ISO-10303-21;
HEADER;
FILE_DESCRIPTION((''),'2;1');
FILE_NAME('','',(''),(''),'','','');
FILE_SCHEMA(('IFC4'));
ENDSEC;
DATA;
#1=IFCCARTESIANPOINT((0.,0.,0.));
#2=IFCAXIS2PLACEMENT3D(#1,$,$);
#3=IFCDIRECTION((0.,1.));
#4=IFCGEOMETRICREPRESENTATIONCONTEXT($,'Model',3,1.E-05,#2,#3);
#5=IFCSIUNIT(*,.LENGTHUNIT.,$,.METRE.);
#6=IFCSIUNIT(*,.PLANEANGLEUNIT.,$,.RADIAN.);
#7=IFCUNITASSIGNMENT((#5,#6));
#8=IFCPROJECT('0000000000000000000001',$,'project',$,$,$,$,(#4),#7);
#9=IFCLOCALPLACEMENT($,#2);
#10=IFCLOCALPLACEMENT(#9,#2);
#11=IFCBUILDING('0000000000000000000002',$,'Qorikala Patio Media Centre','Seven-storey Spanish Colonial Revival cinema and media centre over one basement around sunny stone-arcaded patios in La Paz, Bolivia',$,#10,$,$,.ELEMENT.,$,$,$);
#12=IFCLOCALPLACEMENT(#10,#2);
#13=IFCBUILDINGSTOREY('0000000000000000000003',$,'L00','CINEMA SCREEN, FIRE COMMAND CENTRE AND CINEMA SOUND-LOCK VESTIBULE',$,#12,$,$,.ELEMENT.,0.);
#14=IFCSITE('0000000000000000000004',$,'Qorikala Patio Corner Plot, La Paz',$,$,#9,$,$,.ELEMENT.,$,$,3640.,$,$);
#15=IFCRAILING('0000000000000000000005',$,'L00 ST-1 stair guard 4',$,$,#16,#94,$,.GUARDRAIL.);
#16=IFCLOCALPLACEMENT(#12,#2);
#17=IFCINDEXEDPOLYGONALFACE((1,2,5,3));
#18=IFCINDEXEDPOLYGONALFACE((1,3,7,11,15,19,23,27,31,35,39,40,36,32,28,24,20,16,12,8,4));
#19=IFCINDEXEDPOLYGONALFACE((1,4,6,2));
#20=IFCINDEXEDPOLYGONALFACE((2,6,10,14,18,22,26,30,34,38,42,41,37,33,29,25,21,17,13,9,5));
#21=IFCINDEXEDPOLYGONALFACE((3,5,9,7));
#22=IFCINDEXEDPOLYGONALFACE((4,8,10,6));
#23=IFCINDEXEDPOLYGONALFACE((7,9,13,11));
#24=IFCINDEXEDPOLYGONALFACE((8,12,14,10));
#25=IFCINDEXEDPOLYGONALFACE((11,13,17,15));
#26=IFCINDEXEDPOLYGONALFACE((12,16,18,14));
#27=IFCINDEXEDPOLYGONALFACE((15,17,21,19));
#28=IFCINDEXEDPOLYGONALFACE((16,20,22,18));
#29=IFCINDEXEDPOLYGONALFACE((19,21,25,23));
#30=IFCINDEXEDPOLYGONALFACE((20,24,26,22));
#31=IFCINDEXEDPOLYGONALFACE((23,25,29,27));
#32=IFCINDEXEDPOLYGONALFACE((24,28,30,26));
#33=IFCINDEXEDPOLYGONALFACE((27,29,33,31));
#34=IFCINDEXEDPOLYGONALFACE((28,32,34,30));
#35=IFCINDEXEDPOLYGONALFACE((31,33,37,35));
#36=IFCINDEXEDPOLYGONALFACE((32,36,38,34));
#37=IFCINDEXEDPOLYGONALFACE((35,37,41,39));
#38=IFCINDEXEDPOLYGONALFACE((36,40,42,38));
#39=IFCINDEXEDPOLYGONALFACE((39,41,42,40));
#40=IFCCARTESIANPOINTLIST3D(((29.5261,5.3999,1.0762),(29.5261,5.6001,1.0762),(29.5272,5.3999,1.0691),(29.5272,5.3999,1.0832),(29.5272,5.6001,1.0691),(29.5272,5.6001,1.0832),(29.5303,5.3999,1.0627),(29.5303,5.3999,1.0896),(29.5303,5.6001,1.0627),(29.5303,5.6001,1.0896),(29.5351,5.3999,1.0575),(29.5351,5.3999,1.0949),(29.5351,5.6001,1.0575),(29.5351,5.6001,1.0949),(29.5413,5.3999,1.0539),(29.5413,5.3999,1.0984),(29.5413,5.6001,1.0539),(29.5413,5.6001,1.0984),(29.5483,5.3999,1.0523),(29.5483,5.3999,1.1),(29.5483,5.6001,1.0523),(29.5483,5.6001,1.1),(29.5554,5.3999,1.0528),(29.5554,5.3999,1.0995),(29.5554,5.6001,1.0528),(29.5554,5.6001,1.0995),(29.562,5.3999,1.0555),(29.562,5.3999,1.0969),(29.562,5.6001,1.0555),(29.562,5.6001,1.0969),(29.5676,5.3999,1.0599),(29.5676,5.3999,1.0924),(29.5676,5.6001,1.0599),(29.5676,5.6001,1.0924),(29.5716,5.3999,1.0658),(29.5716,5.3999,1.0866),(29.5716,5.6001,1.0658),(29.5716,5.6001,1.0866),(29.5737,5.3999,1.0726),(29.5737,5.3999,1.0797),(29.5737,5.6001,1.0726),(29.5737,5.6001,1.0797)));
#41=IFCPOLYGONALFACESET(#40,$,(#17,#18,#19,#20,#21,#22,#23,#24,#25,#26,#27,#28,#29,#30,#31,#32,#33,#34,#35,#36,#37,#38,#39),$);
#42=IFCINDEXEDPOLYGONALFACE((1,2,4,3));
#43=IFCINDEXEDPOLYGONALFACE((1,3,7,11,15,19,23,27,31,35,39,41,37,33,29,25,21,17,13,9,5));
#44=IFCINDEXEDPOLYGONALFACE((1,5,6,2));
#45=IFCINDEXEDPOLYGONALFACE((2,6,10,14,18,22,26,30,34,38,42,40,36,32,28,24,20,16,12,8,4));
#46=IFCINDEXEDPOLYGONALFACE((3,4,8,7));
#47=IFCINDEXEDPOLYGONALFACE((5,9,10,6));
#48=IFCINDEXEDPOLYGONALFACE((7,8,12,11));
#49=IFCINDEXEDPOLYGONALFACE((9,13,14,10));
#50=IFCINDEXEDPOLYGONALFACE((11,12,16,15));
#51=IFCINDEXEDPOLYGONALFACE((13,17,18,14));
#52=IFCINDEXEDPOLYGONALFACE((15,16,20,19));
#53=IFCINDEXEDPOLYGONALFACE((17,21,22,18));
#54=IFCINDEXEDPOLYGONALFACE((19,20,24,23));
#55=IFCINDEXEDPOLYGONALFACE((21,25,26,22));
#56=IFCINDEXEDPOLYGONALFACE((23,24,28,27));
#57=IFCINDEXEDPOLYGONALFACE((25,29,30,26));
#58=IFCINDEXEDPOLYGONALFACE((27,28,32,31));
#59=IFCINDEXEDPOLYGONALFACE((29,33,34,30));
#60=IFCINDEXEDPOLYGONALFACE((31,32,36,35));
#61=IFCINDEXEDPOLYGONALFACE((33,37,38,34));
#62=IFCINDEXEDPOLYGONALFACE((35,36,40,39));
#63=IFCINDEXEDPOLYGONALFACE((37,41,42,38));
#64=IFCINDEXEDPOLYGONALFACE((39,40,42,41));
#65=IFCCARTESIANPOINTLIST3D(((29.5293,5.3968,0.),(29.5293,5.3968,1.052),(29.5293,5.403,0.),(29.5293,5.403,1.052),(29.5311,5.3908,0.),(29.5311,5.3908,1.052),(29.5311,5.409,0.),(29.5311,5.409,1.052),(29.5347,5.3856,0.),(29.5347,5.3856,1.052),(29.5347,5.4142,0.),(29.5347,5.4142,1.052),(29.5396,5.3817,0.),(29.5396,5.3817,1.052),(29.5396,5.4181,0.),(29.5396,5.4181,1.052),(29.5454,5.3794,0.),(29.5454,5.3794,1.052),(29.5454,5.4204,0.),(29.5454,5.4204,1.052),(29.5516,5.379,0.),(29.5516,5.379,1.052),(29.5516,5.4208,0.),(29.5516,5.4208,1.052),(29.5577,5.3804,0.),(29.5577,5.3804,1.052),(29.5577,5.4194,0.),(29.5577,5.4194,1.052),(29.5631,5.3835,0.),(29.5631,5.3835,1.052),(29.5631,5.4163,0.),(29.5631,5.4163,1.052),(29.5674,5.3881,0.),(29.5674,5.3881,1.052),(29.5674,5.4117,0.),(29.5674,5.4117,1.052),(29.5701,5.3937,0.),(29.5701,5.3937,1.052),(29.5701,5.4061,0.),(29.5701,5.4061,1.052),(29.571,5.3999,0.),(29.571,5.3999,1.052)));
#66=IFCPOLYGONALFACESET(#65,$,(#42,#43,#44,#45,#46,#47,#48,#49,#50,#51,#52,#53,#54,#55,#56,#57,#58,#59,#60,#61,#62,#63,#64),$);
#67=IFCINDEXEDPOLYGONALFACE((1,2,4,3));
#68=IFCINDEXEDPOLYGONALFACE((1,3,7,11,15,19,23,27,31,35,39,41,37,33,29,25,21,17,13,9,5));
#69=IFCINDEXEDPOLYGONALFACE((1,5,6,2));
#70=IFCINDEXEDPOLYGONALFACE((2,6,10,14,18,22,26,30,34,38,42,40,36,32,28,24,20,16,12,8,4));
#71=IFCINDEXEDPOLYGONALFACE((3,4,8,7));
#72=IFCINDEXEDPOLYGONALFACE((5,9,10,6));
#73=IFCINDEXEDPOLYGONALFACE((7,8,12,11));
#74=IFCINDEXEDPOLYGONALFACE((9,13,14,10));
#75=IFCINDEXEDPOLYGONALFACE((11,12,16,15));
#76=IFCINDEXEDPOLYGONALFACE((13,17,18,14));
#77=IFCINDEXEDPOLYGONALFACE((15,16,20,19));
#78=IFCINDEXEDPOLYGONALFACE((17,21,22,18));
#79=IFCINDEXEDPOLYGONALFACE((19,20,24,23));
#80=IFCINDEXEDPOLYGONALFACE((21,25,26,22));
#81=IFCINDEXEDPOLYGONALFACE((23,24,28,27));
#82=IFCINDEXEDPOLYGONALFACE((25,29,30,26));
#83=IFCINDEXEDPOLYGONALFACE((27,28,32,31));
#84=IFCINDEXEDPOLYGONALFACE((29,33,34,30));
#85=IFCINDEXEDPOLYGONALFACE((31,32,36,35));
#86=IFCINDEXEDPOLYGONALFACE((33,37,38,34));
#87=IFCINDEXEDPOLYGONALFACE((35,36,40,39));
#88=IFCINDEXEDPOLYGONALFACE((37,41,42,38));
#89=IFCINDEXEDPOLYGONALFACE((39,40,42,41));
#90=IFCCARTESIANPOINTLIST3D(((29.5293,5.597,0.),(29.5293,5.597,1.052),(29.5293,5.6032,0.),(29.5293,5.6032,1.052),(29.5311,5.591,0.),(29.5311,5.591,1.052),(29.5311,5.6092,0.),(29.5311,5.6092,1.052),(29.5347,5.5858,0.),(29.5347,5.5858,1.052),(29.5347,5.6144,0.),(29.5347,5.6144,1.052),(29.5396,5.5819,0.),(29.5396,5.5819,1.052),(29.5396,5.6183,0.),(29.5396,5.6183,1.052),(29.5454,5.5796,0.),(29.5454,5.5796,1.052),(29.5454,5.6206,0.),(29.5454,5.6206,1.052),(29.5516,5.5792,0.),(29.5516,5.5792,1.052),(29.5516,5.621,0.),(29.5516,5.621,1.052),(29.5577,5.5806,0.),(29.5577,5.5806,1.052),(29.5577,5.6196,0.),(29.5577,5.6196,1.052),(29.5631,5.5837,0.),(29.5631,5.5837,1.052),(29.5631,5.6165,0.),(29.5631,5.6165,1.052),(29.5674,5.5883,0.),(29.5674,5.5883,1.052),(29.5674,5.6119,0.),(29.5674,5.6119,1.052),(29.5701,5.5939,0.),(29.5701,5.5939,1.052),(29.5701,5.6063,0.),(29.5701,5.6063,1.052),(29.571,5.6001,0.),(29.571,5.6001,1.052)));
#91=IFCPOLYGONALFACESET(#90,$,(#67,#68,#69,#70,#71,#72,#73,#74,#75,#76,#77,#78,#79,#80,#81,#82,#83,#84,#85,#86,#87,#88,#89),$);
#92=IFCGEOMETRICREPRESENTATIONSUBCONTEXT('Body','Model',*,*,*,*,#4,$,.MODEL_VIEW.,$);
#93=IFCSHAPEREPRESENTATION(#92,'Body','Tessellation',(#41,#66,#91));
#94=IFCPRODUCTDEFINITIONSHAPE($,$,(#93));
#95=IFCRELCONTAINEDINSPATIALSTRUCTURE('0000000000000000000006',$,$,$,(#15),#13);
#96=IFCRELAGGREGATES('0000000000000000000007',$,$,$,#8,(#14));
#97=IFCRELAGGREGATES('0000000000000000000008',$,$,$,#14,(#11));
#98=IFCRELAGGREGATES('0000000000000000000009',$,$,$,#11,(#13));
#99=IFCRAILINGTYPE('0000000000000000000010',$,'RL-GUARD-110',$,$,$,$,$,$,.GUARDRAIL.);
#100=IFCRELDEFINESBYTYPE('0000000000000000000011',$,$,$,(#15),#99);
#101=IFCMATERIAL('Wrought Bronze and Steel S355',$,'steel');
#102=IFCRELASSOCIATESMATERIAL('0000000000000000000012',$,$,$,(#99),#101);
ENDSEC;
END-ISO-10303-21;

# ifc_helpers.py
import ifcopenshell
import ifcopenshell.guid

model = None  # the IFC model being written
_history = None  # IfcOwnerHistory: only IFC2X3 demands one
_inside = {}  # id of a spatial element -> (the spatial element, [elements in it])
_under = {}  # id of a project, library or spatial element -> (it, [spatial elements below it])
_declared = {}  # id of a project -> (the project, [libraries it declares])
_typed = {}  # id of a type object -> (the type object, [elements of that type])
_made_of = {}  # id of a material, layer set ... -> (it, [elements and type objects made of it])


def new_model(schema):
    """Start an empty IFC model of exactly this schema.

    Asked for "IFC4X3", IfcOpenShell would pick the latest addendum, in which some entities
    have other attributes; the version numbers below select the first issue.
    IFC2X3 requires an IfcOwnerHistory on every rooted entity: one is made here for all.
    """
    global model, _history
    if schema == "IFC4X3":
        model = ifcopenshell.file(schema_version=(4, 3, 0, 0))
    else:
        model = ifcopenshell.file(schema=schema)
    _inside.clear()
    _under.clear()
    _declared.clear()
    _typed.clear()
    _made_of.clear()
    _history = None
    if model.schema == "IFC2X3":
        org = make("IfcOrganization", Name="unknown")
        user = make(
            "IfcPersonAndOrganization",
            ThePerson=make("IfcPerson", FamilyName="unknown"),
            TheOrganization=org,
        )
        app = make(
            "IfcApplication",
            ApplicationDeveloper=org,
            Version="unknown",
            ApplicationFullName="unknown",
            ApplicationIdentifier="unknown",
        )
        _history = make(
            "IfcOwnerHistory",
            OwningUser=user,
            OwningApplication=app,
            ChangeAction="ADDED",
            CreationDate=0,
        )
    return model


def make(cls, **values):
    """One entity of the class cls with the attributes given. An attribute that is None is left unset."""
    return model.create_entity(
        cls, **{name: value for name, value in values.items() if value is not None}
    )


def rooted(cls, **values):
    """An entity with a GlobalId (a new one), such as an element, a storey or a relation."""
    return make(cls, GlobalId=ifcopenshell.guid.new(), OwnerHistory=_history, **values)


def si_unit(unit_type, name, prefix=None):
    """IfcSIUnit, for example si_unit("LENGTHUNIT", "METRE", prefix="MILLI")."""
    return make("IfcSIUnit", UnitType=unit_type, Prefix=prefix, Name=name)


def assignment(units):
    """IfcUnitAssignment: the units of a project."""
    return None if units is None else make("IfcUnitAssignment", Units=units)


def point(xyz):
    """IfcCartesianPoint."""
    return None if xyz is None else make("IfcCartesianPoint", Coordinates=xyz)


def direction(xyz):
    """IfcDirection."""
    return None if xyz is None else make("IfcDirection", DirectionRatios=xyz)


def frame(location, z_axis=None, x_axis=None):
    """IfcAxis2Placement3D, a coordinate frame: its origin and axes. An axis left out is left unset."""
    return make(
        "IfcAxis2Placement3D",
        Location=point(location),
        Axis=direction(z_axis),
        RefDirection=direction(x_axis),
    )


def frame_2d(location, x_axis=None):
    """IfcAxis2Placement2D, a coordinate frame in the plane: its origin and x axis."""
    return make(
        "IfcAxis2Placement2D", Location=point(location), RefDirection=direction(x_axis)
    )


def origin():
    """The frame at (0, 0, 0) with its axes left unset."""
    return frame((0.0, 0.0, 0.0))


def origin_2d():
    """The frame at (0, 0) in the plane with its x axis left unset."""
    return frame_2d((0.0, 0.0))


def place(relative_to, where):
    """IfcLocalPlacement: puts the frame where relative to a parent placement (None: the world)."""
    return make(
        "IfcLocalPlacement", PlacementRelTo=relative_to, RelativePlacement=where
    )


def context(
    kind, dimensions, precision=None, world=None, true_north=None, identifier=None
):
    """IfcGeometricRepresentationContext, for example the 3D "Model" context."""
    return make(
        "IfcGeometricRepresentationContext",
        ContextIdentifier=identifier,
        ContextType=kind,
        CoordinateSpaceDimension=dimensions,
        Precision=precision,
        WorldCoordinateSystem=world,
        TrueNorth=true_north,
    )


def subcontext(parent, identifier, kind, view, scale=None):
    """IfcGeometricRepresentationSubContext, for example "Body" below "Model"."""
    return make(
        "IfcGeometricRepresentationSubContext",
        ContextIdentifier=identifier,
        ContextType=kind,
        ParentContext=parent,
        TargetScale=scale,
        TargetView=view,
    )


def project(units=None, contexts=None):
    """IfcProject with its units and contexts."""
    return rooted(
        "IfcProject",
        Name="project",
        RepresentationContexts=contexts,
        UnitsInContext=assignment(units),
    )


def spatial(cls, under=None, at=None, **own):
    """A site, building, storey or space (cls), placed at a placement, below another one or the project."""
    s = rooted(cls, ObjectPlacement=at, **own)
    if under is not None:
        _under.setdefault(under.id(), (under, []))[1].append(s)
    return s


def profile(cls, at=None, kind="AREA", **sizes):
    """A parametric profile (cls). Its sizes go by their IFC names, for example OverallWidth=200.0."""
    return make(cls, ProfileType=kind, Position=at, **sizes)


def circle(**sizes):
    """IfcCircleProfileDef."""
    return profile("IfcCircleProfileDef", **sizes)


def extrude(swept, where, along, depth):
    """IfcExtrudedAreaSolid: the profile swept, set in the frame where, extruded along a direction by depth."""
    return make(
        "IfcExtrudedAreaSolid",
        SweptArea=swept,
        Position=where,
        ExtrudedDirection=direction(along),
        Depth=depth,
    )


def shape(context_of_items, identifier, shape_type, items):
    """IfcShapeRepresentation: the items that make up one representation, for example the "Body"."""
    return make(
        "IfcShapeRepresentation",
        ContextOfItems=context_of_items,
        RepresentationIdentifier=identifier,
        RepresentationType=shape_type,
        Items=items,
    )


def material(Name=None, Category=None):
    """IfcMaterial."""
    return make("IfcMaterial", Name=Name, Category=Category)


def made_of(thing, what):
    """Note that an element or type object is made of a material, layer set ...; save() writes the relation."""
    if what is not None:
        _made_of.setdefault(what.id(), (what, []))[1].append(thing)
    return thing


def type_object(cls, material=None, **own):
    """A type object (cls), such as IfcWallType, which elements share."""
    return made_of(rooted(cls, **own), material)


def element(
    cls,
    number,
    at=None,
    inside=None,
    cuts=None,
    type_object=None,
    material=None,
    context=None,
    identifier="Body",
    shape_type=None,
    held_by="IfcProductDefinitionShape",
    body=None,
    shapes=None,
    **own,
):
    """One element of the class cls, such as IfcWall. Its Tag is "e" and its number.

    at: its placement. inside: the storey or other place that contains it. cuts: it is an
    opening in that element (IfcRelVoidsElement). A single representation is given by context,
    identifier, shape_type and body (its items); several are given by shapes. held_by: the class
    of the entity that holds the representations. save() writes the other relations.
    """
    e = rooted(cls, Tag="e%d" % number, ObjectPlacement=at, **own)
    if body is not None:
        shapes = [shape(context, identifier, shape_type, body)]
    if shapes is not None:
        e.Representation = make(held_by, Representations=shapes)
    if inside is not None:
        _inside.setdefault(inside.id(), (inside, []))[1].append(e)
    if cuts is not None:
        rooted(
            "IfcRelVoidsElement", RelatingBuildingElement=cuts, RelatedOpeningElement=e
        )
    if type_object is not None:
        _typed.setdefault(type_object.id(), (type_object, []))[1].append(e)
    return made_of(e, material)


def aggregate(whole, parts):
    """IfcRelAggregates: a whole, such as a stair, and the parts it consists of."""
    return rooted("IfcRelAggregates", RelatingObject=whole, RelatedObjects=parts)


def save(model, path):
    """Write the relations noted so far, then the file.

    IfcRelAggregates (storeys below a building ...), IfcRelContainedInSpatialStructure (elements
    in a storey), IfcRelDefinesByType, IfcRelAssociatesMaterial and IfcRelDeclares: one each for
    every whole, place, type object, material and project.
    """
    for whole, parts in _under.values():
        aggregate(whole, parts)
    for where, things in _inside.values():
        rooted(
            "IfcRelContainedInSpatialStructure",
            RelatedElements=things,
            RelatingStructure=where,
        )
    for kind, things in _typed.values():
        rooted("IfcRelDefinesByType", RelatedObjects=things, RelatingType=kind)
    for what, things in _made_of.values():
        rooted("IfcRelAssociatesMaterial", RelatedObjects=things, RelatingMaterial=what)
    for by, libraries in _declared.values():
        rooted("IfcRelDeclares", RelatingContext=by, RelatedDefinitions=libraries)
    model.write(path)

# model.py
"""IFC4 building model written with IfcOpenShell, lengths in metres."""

from ifc_helpers import new_model, si_unit, direction, frame, origin, origin_2d, place, context, subcontext, project, spatial, circle, extrude, material, type_object, element, save


model = new_model("IFC4")

# Units and contexts
model_context = context("Model", 3, precision=1e-05, world=origin(), true_north=direction((0.0, 1.0)))
body_context = subcontext(model_context, "Body", "Model", "MODEL_VIEW")
ifc_project = project(units=[si_unit("LENGTHUNIT", "METRE"), si_unit("PLANEANGLEUNIT", "RADIAN")], contexts=[model_context])

# Site, building, storey
site_placement = place(None, origin())
site = spatial("IfcSite", under=ifc_project, at=site_placement, Name="Qorikala Patio Corner Plot, La Paz", CompositionType="ELEMENT", RefElevation=3640.0)
building_placement = place(site_placement, origin())
building = spatial("IfcBuilding", under=site, at=building_placement, Name="Qorikala Patio Media Centre", Description="Seven-storey Spanish Colonial Revival cinema and media centre over one basement around sunny stone-arcaded patios in La Paz, Bolivia", CompositionType="ELEMENT")
storey_placement = place(building_placement, origin())
storey = spatial("IfcBuildingStorey", under=building, at=storey_placement, Name="L00", Description="CINEMA SCREEN, FIRE COMMAND CENTRE AND CINEMA SOUND-LOCK VESTIBULE", CompositionType="ELEMENT", Elevation=0.0)

# Railing
ifc_material_1 = material(Name="Wrought Bronze and Steel S355", Category="steel")
railing_type_1 = type_object("IfcRailingType", Name="RL-GUARD-110", PredefinedType="GUARDRAIL", material=ifc_material_1)
railing_1_placement = place(storey_placement, frame((29.55, 5.3999, 0.0)))
element("IfcRailing", 1, at=railing_1_placement, inside=storey, type_object=railing_type_1, Name="L00 ST-1 stair guard 4", PredefinedType="GUARDRAIL", context=body_context, shape_type="SweptSolid", body=[
    extrude(circle(Radius=0.0239, at=origin_2d()), frame((0.0, 0.0, 1.0762), z_axis=(0.0, 1.0, 0.0), x_axis=(-1.0, 0.0, 0.0)), (0.0, 0.0, 1.0), 0.2002),
    extrude(circle(Radius=0.021, at=origin_2d()), origin(), (0.0, 0.0, 1.0), 1.052),
    extrude(circle(Radius=0.021, at=origin_2d()), frame((0.0, 0.2002, 0.0)), (0.0, 0.0, 1.0), 1.052),
])

save(model, "model.ifc")
